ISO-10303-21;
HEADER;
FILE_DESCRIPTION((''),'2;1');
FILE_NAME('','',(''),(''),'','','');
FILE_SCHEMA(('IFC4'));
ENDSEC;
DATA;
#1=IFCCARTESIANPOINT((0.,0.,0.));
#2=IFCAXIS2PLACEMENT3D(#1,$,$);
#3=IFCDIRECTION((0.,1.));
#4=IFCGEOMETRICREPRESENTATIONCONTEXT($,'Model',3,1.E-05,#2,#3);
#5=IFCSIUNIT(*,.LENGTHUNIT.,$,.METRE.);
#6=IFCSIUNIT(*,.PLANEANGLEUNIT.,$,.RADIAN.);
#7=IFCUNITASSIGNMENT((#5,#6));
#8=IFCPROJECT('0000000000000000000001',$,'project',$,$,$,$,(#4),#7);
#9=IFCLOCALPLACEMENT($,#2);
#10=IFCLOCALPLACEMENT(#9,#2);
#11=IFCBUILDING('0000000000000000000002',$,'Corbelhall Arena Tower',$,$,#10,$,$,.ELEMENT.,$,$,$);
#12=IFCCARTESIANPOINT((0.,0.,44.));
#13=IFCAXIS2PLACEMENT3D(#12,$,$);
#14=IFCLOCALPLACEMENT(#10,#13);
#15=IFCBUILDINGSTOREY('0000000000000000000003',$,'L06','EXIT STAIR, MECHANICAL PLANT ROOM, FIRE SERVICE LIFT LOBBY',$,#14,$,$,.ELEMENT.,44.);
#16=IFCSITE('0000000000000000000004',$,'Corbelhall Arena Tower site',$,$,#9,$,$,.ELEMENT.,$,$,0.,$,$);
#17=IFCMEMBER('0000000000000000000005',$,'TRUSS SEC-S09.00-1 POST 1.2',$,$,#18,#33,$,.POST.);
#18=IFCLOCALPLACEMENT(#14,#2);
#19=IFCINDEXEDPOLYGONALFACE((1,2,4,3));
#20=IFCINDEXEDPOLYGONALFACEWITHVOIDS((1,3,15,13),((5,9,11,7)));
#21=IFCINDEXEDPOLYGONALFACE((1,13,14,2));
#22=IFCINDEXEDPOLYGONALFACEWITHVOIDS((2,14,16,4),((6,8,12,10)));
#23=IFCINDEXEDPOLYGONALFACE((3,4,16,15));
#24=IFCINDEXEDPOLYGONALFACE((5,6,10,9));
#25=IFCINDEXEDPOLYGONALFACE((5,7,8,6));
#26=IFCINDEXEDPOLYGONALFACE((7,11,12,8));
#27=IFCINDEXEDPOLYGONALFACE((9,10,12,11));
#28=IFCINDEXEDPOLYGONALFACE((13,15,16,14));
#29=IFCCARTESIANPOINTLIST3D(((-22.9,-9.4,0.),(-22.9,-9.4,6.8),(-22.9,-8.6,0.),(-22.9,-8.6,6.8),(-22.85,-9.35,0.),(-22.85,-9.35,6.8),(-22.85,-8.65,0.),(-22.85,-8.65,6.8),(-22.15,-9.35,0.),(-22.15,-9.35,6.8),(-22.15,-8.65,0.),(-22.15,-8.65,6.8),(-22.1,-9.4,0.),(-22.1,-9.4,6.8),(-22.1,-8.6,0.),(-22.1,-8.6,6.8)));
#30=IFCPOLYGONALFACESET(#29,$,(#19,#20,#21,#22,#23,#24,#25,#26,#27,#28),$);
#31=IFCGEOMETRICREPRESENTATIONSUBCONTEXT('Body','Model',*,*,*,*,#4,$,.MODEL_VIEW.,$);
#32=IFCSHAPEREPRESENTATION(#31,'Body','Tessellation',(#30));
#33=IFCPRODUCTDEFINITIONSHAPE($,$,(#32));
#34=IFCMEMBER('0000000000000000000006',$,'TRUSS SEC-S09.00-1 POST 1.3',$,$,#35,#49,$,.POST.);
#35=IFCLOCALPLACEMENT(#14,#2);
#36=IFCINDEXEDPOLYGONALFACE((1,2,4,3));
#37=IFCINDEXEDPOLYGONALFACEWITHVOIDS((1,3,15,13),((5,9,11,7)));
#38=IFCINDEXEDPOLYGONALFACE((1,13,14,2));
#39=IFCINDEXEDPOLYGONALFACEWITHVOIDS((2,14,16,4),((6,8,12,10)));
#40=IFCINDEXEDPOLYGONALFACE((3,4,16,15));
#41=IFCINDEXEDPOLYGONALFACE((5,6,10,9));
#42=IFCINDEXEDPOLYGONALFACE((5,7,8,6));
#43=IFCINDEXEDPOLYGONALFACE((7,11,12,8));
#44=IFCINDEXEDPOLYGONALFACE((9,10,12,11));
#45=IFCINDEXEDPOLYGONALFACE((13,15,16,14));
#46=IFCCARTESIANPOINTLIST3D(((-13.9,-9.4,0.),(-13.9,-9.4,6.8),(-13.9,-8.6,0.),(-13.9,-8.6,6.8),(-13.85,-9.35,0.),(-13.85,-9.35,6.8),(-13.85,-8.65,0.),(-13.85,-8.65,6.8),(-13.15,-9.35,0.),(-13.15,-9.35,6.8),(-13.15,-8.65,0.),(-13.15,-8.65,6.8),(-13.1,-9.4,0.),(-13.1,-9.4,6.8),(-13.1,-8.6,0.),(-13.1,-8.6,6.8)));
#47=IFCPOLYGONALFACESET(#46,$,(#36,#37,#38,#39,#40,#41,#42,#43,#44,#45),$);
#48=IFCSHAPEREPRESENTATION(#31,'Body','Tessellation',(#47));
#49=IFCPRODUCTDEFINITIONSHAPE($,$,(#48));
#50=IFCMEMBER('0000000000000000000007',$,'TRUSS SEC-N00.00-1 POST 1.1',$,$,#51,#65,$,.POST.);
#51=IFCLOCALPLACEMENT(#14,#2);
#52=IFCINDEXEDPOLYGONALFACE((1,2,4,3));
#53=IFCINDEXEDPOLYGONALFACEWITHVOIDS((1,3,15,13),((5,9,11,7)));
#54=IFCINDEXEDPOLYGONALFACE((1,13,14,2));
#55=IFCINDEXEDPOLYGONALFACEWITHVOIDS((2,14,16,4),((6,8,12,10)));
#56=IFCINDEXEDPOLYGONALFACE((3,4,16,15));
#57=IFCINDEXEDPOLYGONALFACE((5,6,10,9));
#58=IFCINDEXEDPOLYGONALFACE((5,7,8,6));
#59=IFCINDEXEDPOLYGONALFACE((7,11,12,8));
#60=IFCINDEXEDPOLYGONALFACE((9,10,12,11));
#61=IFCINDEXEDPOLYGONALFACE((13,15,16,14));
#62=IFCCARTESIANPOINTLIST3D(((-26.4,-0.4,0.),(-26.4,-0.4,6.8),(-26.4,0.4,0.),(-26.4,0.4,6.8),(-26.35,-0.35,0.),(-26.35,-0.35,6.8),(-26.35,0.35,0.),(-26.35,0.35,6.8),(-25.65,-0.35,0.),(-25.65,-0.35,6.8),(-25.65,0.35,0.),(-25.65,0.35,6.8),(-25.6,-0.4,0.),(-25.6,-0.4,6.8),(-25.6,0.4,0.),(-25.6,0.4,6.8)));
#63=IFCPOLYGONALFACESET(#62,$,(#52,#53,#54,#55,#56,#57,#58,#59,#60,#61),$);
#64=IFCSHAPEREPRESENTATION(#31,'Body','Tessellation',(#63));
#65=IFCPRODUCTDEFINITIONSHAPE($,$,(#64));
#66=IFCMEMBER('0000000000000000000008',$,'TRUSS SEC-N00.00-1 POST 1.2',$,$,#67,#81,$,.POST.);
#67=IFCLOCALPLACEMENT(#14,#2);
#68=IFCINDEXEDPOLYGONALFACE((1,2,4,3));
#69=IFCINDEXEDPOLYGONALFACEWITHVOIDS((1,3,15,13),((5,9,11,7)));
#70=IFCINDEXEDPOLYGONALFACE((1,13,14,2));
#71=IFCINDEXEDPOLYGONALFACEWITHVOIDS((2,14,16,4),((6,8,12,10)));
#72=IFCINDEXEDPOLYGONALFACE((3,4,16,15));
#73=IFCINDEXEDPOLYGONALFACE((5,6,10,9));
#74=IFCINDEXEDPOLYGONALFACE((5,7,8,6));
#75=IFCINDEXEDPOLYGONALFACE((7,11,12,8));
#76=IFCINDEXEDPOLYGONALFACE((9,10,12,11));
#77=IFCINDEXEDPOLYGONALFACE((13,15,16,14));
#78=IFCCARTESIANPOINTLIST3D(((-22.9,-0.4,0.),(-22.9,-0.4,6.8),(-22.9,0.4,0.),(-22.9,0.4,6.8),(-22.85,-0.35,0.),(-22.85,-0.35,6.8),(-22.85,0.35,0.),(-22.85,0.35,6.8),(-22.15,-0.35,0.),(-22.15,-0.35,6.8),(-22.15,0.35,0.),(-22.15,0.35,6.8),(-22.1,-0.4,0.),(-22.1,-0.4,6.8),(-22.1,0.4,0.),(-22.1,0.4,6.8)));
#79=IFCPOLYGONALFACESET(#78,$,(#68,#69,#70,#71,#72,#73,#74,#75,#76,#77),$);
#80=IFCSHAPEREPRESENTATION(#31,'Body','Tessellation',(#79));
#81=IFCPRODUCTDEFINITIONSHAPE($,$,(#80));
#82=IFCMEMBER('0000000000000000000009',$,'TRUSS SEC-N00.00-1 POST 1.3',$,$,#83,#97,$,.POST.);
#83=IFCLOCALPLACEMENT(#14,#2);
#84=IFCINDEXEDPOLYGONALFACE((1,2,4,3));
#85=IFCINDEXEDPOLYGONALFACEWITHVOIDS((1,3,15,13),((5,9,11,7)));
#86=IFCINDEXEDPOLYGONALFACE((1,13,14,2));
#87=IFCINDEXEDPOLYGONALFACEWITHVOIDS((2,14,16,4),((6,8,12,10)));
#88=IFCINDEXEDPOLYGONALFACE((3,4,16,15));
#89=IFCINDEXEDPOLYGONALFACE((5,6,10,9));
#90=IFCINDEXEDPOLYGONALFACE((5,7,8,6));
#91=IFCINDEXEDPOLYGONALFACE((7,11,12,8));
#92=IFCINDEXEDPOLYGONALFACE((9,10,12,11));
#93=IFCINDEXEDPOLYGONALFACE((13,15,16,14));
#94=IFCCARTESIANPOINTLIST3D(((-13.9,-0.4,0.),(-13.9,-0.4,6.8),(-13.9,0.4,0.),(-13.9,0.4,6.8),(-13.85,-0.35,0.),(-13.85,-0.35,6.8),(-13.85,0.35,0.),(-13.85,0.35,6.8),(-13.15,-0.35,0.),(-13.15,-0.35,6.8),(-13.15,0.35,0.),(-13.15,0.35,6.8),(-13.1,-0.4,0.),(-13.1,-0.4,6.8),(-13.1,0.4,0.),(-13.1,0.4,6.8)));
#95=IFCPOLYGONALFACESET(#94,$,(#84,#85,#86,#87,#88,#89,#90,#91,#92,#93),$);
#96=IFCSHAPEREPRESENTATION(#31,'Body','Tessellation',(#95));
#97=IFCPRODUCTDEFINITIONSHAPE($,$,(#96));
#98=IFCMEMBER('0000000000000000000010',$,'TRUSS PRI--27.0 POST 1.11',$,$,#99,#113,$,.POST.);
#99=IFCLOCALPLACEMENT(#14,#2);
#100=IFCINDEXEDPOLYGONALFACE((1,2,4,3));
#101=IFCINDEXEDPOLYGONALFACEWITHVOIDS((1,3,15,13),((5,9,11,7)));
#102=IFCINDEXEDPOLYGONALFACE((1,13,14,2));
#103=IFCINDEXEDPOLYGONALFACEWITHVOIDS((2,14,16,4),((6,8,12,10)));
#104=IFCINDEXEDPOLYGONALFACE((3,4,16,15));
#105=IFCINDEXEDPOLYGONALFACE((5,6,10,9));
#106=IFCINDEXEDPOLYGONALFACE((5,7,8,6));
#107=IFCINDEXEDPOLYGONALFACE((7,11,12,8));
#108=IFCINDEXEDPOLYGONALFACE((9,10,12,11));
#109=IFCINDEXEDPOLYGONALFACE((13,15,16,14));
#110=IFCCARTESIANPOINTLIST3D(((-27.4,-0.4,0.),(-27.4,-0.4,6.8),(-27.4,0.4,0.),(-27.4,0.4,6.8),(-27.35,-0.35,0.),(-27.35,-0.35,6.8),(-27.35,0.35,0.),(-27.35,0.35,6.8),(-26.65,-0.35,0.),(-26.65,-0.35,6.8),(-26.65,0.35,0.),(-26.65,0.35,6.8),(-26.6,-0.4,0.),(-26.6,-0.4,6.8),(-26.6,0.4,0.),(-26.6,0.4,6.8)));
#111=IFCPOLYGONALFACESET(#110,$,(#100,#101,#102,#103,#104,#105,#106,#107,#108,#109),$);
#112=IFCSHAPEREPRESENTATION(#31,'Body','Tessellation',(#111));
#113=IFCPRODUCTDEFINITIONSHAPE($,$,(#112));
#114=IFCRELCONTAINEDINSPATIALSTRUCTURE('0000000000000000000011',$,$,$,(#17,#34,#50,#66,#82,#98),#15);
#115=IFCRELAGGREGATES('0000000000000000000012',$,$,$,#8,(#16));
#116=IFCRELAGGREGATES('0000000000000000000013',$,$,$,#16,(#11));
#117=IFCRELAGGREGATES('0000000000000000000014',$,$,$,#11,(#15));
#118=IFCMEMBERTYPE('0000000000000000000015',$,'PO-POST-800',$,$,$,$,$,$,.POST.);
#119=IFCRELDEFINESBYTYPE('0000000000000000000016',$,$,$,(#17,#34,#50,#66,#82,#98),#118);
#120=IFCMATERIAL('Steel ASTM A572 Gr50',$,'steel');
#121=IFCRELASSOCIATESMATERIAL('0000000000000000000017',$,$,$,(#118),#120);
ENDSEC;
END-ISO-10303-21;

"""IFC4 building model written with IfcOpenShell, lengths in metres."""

from ifc_helpers import new_model, si_unit, direction, frame, origin, origin_2d, place, context, subcontext, project, spatial, hollow_rectangle, extrude, material, material_profile, profile_set, type_object, element, save


model = new_model("IFC4")

# Units and contexts
model_context = context("Model", 3, precision=1e-05, world=origin(), true_north=direction((0.0, 1.0)))
body_context = subcontext(model_context, "Body", "Model", "MODEL_VIEW")
ifc_project = project(units=[si_unit("LENGTHUNIT", "METRE"), si_unit("PLANEANGLEUNIT", "RADIAN")], contexts=[model_context])

# Site, building, storey
site_placement = place(None, origin())
site = spatial("IfcSite", under=ifc_project, at=site_placement, Name="Corbelhall Arena Tower site", CompositionType="ELEMENT", RefElevation=0.0)
building_placement = place(site_placement, origin())
building = spatial("IfcBuilding", under=site, at=building_placement, Name="Corbelhall Arena Tower", CompositionType="ELEMENT")
storey_placement = place(building_placement, frame((0.0, 0.0, 44.0)))
storey = spatial("IfcBuildingStorey", under=building, at=storey_placement, Name="L06", Description="EXIT STAIR, MECHANICAL PLANT ROOM, FIRE SERVICE LIFT LOBBY", CompositionType="ELEMENT", Elevation=44.0)

# Members
ifc_material_1 = material(Name="Steel ASTM A572 Gr50", Category="steel")
ifc_material_profile_1 = material_profile(ifc_material_1, hollow_rectangle(XDim=0.8, YDim=0.8, WallThickness=0.05, at=origin_2d()))
ifc_profile_set_1 = profile_set([ifc_material_profile_1], Name="Steel ASTM A572 Gr50")
member_type_1 = type_object("IfcMemberType", Name="PO-POST-800", PredefinedType="POST", material=ifc_profile_set_1)
for number, where, z_axis, x_axis, name in (
    (1, (-22.5, -9.0, 0.0), (0.0, 0.0, 1.0), (1.0, 0.0, 0.0), "TRUSS SEC-S09.00-1 POST 1.2"),
    (2, (-13.5, -9.0, 0.0), (0.0, 0.0, 1.0), (1.0, 0.0, 0.0), "TRUSS SEC-S09.00-1 POST 1.3"),
    (3, (-26.0, 0.0, 0.0), (0.0, 0.0, 1.0), (1.0, 0.0, 0.0), "TRUSS SEC-N00.00-1 POST 1.1"),
    (4, (-22.5, 0.0, 0.0), (0.0, 0.0, 1.0), (1.0, 0.0, 0.0), "TRUSS SEC-N00.00-1 POST 1.2"),
    (5, (-13.5, 0.0, 0.0), (0.0, 0.0, 1.0), (1.0, 0.0, 0.0), "TRUSS SEC-N00.00-1 POST 1.3"),
    (6, (-27.0, 0.0, 0.0), (0.0, 0.0, 1.0), (1.0, 0.0, 0.0), "TRUSS PRI--27.0 POST 1.11"),
):
    element("IfcMember", number, at=place(storey_placement, frame(where, z_axis=z_axis, x_axis=x_axis)), inside=storey, type_object=member_type_1, Name=name, PredefinedType="POST", context=body_context, shape_type="SweptSolid", body=[
        extrude(hollow_rectangle(XDim=0.8, YDim=0.8, WallThickness=0.05, at=origin_2d()), origin(), (0.0, 0.0, 1.0), 6.8),
    ])

save(model, "model.ifc")
